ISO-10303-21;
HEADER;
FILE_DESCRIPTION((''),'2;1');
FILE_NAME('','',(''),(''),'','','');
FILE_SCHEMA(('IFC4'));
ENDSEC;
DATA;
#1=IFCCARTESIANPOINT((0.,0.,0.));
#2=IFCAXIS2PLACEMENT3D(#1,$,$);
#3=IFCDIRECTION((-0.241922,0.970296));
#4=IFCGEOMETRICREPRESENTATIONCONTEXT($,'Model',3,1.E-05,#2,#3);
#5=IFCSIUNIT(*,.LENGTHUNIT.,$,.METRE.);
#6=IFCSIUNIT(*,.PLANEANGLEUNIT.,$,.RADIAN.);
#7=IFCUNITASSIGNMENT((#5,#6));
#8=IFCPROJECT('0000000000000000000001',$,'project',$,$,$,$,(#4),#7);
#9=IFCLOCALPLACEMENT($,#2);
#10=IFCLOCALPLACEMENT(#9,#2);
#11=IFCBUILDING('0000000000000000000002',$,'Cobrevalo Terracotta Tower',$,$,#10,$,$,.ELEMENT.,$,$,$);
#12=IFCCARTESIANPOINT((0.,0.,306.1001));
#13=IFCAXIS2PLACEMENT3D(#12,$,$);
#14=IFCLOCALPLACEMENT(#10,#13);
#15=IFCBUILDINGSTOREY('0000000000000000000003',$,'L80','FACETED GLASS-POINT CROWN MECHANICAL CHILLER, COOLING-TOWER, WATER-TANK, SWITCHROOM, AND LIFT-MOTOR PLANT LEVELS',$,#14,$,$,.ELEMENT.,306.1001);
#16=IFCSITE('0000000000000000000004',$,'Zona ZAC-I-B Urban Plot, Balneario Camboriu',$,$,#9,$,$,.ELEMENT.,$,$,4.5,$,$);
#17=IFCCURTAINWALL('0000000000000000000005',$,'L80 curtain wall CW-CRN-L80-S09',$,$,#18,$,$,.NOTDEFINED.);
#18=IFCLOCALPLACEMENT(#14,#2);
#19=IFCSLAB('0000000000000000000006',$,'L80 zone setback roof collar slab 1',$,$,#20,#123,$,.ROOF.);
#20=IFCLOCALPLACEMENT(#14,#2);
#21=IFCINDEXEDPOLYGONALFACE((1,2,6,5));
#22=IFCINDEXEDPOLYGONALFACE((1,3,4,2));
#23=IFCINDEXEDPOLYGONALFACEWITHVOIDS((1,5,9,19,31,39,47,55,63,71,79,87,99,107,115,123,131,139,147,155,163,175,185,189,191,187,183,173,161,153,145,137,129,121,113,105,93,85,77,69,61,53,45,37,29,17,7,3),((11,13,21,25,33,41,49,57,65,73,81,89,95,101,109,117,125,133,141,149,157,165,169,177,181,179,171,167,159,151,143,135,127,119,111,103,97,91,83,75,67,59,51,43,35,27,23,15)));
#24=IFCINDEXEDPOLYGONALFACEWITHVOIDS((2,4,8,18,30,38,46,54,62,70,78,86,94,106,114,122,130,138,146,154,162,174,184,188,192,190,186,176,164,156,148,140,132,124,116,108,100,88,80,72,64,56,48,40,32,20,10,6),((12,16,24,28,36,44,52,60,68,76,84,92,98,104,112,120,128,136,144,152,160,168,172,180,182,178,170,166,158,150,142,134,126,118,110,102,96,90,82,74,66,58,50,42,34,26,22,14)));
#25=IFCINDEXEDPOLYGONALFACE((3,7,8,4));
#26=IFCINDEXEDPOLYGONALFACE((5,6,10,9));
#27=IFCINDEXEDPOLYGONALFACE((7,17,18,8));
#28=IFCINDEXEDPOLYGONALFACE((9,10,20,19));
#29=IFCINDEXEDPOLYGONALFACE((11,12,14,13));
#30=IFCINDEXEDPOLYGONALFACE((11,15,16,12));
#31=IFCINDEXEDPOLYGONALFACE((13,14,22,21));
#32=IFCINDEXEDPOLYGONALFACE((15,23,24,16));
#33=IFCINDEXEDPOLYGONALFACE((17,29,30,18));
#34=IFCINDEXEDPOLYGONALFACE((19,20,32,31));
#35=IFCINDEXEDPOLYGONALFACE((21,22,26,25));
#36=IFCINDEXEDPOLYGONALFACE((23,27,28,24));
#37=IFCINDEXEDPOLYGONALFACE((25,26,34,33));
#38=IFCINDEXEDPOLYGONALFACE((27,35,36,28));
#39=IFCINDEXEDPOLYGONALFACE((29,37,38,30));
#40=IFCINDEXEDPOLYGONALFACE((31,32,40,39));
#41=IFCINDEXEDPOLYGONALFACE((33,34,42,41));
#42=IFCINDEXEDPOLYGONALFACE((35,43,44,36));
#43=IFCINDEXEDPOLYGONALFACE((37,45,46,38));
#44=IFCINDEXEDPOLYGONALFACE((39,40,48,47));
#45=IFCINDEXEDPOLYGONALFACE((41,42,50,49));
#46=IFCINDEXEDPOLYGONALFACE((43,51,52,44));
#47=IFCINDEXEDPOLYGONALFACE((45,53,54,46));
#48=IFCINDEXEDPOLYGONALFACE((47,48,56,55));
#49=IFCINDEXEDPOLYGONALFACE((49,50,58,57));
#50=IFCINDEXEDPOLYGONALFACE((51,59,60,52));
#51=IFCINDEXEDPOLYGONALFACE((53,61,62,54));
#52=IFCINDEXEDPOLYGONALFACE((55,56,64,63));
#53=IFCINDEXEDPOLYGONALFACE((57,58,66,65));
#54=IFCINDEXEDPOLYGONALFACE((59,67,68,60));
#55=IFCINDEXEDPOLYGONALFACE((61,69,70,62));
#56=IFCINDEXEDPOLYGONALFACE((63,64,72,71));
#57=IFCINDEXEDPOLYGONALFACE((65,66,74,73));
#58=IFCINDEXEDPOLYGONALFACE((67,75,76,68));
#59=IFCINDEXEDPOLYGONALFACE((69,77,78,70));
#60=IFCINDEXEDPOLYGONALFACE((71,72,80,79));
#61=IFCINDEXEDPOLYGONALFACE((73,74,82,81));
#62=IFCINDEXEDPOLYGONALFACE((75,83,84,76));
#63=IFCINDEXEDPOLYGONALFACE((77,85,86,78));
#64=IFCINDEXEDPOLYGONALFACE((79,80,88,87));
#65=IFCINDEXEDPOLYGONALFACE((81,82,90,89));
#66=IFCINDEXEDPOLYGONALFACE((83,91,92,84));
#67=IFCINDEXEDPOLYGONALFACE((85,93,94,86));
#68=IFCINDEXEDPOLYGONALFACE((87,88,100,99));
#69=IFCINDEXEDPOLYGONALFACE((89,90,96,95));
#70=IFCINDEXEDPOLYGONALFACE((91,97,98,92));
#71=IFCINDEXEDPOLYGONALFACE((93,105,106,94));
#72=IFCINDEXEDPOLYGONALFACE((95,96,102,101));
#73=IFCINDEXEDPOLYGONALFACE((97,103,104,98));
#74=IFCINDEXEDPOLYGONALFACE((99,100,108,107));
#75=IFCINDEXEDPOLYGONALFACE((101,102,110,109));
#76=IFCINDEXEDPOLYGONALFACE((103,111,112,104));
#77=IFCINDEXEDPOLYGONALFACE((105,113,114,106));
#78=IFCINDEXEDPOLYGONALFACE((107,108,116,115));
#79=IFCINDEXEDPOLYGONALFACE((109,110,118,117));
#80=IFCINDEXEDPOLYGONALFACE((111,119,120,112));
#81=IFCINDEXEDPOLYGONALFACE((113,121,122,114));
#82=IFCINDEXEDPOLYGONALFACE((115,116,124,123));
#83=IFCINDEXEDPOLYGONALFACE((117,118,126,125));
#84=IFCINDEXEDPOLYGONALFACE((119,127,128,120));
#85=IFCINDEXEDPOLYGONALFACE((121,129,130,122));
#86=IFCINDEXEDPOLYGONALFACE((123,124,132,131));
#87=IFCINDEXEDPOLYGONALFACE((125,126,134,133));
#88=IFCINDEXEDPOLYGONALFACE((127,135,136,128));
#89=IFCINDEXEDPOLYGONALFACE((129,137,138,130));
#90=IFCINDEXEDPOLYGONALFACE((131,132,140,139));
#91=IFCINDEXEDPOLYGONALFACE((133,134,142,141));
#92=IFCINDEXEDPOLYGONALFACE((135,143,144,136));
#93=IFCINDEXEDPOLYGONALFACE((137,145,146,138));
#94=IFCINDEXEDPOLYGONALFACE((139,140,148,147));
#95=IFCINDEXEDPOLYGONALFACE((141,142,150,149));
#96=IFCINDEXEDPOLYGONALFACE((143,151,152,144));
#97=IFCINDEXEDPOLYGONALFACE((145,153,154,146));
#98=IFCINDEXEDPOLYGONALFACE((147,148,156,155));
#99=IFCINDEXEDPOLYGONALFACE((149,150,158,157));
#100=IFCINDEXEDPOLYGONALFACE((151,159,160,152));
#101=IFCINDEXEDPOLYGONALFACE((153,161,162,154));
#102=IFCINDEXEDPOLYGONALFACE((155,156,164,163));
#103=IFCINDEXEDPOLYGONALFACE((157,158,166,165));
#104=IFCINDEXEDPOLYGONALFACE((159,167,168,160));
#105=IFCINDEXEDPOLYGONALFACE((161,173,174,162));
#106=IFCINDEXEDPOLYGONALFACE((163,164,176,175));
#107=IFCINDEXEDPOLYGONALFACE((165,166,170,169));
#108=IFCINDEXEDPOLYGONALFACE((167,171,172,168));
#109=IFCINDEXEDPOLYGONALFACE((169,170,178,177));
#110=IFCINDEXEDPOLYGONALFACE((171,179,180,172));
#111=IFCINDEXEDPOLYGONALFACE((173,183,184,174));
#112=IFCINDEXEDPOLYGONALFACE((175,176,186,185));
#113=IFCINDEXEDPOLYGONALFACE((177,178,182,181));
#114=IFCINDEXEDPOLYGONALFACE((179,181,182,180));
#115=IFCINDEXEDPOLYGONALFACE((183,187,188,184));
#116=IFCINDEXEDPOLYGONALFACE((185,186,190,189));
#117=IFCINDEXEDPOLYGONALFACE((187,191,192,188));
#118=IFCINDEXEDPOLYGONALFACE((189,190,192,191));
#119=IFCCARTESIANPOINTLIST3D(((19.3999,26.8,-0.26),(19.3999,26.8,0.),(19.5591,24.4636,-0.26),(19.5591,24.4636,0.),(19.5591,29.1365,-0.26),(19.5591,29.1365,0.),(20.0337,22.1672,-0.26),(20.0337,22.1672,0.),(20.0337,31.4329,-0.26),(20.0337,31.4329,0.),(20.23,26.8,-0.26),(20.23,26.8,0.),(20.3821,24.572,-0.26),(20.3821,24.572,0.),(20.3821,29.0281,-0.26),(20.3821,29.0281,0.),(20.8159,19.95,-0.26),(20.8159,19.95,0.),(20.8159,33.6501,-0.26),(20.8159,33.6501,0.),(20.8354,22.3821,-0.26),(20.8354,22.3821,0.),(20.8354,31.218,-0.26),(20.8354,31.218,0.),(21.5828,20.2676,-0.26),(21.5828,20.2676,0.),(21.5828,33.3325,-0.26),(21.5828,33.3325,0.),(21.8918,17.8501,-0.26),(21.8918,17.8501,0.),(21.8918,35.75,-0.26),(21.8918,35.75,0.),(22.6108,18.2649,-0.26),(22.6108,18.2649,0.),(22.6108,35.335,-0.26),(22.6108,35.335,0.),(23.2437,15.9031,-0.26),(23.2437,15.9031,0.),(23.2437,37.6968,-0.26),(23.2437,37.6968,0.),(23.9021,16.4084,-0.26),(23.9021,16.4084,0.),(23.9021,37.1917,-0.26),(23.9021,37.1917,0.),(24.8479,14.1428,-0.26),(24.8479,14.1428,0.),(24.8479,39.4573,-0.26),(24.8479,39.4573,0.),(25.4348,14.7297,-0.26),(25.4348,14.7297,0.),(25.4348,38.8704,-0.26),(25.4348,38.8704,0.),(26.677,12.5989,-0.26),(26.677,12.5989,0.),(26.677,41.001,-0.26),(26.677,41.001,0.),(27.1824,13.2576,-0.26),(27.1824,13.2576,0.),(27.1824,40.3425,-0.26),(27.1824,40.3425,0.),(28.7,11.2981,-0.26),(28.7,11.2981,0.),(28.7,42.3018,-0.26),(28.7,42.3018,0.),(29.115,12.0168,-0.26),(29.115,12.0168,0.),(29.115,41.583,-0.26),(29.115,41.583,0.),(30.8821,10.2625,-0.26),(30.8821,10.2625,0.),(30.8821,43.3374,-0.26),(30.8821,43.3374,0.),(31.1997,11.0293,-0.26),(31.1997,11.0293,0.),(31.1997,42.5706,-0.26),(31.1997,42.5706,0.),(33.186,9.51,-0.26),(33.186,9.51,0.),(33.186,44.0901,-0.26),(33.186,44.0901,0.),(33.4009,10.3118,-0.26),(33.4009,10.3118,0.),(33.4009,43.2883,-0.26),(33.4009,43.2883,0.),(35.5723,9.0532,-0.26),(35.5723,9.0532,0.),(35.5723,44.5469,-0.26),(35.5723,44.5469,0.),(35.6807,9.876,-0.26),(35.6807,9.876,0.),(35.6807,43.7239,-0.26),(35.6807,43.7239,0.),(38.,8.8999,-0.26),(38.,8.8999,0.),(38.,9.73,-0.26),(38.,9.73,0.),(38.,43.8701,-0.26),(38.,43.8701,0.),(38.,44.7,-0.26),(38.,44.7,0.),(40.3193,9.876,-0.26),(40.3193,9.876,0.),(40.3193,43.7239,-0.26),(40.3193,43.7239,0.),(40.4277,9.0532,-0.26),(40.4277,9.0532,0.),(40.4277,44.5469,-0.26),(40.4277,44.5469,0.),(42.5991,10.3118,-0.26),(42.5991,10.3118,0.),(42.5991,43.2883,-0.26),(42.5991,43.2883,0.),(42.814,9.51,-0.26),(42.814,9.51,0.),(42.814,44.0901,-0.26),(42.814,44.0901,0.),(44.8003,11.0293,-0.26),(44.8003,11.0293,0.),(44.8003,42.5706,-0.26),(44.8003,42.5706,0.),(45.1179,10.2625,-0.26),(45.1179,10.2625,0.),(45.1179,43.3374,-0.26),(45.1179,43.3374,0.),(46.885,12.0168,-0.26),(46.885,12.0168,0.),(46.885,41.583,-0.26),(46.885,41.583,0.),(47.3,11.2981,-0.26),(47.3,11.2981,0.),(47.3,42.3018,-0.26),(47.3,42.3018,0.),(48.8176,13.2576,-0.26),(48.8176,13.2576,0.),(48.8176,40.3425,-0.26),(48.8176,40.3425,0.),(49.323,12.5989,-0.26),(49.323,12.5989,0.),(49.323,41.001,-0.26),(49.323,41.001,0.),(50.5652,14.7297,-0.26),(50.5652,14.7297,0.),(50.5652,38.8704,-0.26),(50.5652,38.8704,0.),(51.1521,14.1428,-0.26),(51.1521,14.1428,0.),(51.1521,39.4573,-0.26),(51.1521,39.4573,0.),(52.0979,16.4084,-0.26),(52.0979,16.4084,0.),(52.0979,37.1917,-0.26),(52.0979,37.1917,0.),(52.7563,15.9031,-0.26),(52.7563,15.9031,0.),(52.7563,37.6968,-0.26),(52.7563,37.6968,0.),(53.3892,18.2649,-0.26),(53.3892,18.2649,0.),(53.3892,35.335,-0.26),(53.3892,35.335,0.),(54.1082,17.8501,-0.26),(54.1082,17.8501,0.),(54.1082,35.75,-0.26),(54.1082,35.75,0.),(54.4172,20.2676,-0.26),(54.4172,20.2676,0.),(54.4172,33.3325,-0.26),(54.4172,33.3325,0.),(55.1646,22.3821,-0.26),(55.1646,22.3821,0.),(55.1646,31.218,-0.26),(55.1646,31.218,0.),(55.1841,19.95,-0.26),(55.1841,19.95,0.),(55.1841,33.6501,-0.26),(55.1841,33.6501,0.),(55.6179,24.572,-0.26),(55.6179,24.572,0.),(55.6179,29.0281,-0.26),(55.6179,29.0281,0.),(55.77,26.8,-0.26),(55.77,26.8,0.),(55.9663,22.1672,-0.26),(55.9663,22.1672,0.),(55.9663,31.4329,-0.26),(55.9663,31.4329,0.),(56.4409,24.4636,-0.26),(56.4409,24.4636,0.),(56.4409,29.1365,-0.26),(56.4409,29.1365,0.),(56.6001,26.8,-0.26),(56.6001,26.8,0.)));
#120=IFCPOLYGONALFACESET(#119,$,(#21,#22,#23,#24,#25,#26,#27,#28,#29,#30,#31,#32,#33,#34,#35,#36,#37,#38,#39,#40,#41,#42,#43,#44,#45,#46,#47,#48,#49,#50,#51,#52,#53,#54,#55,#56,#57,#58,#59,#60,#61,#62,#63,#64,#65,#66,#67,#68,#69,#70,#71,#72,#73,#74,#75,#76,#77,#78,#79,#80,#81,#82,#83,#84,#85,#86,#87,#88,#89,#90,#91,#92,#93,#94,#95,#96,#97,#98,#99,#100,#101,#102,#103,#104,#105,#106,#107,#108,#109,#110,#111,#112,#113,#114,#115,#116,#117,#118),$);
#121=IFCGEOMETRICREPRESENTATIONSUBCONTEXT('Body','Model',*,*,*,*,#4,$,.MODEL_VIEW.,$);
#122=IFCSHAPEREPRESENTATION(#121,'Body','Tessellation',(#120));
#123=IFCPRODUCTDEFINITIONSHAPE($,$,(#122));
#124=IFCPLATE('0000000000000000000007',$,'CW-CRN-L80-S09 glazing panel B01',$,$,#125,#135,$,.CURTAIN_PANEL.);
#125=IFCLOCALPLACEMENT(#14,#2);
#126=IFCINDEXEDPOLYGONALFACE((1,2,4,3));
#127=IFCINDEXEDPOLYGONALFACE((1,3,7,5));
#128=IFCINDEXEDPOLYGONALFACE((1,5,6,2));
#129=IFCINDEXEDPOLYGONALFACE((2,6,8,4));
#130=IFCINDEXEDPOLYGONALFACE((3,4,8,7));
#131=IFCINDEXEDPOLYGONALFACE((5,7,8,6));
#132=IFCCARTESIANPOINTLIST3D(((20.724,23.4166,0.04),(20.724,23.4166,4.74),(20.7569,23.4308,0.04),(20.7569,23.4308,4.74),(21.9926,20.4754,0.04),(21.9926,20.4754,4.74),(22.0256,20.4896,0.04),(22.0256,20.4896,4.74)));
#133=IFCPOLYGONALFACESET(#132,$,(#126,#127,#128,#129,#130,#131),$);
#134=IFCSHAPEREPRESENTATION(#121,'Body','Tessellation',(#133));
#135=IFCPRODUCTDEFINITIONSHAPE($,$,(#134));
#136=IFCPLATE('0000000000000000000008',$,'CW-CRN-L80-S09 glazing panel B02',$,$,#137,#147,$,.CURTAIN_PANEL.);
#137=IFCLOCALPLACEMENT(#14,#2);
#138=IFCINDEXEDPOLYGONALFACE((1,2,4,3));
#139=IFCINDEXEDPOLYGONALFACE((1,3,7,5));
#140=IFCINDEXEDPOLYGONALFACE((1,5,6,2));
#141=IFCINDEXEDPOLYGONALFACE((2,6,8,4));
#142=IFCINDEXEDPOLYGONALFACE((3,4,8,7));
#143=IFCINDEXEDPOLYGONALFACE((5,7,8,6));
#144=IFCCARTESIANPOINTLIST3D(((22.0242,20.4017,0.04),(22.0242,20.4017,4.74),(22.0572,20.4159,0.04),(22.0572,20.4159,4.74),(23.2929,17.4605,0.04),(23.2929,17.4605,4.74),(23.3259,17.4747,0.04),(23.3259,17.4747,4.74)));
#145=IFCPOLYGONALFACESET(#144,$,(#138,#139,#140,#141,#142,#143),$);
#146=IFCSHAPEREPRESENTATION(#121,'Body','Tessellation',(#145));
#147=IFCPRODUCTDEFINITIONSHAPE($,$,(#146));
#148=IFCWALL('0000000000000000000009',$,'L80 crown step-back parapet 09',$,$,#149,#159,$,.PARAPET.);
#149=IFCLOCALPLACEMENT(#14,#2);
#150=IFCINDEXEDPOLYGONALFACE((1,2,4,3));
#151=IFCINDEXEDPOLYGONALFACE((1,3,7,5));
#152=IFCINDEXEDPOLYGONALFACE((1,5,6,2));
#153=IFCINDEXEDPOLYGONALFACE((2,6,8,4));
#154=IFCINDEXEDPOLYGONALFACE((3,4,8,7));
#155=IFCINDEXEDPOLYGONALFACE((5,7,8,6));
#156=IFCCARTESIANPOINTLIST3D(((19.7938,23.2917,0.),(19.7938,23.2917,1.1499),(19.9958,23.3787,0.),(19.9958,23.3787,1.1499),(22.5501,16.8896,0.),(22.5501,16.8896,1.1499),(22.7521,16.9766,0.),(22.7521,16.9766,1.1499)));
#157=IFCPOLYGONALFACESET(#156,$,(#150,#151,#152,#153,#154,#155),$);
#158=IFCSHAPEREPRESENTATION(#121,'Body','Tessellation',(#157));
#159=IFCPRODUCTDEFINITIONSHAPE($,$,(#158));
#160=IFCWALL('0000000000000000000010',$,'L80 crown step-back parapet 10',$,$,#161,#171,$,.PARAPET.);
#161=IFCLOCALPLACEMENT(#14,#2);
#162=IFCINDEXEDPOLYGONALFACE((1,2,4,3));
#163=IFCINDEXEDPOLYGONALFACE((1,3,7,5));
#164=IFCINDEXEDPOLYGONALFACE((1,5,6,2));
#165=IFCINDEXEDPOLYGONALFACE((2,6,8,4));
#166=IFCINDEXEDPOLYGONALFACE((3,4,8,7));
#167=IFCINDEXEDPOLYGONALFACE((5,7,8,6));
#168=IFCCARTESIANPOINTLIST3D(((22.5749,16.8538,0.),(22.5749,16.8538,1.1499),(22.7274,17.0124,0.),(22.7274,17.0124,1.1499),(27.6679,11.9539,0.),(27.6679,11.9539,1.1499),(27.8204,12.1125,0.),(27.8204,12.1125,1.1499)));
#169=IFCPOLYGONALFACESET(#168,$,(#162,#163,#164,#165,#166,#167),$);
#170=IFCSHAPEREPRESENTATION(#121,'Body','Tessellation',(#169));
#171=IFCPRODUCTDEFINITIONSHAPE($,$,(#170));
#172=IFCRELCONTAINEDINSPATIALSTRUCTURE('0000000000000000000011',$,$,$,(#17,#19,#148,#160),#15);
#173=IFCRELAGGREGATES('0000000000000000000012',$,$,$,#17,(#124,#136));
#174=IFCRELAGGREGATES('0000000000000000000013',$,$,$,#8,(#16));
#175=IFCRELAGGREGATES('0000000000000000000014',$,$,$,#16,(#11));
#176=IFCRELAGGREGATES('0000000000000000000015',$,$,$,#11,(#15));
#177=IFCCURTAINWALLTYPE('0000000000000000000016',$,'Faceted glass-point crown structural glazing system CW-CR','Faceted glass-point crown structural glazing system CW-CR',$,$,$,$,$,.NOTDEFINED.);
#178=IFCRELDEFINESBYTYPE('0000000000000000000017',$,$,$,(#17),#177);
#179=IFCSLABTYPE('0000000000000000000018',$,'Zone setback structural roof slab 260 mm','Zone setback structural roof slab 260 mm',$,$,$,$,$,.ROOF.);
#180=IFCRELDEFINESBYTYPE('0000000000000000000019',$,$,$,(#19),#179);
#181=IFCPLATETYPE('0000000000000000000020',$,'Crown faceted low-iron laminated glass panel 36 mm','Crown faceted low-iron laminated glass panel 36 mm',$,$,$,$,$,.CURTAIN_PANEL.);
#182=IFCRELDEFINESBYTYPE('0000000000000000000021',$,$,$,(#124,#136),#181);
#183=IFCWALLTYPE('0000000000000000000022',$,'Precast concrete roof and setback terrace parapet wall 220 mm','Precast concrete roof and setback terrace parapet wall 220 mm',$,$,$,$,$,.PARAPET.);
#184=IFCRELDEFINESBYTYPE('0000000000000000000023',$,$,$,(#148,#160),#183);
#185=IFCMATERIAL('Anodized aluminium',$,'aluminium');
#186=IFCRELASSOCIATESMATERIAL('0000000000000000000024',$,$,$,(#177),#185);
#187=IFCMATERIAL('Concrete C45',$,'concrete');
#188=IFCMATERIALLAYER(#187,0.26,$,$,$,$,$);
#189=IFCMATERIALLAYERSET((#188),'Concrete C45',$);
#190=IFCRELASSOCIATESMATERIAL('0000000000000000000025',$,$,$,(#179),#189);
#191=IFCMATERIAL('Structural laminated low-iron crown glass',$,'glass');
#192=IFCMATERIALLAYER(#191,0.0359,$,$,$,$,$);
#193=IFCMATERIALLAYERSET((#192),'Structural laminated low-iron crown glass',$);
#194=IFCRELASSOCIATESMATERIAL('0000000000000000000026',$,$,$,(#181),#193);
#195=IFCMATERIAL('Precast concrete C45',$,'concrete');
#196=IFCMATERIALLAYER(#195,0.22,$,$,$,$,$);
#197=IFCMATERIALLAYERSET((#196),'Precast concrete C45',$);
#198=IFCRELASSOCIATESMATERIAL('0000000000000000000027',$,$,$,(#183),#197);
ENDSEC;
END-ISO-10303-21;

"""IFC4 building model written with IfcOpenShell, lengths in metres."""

from ifc_helpers import new_model, si_unit, direction, frame, frame_2d, origin, origin_2d, place, context, subcontext, project, spatial, polyline, rectangle, outline, extrude, source, transform, mapped, material, layer, layer_set, type_object, element, aggregate, save


model = new_model("IFC4")

# Units and contexts
model_context = context("Model", 3, precision=1e-05, world=origin(), true_north=direction((-0.241922, 0.970296)))
body_context = subcontext(model_context, "Body", "Model", "MODEL_VIEW")
ifc_project = project(units=[si_unit("LENGTHUNIT", "METRE"), si_unit("PLANEANGLEUNIT", "RADIAN")], contexts=[model_context])

# Site, building, storey
site_placement = place(None, origin())
site = spatial("IfcSite", under=ifc_project, at=site_placement, Name="Zona ZAC-I-B Urban Plot, Balneario Camboriu", CompositionType="ELEMENT", RefElevation=4.5)
building_placement = place(site_placement, origin())
building = spatial("IfcBuilding", under=site, at=building_placement, Name="Cobrevalo Terracotta Tower", CompositionType="ELEMENT")
storey_placement = place(building_placement, frame((0.0, 0.0, 306.1001)))
storey = spatial("IfcBuildingStorey", under=building, at=storey_placement, Name="L80", Description="FACETED GLASS-POINT CROWN MECHANICAL CHILLER, COOLING-TOWER, WATER-TANK, SWITCHROOM, AND LIFT-MOTOR PLANT LEVELS", CompositionType="ELEMENT", Elevation=306.1001)

# Shared definitions
ifc_material_1 = material(Name="Anodized aluminium", Category="aluminium")
curtain_wall_type = type_object("IfcCurtainWallType", Name="Faceted glass-point crown structural glazing system CW-CR", Description="Faceted glass-point crown structural glazing system CW-CR", PredefinedType="NOTDEFINED", material=ifc_material_1)

# Curtain wall
curtain_wall_1_placement = place(storey_placement, origin())
curtain_wall_1 = element("IfcCurtainWall", 1, at=curtain_wall_1_placement, inside=storey, type_object=curtain_wall_type, Name="L80 curtain wall CW-CRN-L80-S09", PredefinedType="NOTDEFINED")

# Slab
ifc_material_2 = material(Name="Concrete C45", Category="concrete")
ifc_layer_1 = layer(ifc_material_2, 0.26)
ifc_layer_set_1 = layer_set([ifc_layer_1], Name="Concrete C45")
slab_type_1 = type_object("IfcSlabType", Name="Zone setback structural roof slab 260 mm", Description="Zone setback structural roof slab 260 mm", PredefinedType="ROOF", material=ifc_layer_set_1)
slab_1_placement = place(storey_placement, frame((0.0, 0.0, -0.26)))
element("IfcSlab", 2, at=slab_1_placement, inside=storey, type_object=slab_type_1, Name="L80 zone setback roof collar slab 1", PredefinedType="ROOF", context=body_context, shape_type="SweptSolid", body=[
    extrude(outline(polyline([(56.4409, 24.4636), (55.9663, 22.1672), (55.1841, 19.95), (54.1082, 17.8501), (52.7563, 15.9031), (51.1521, 14.1428), (49.323, 12.5989), (47.3, 11.2981), (45.1179, 10.2625), (42.814, 9.51), (40.4277, 9.0532), (38.0, 8.8999), (35.5723, 9.0532), (33.186, 9.51), (30.8821, 10.2625), (28.7, 11.2981), (26.677, 12.5989), (24.8479, 14.1428), (23.2437, 15.9031), (21.8918, 17.8501), (20.8159, 19.95), (20.0337, 22.1672), (19.5591, 24.4636), (19.3999, 26.8), (19.5591, 29.1365), (20.0337, 31.4329), (20.8159, 33.6501), (21.8918, 35.75), (23.2437, 37.6968), (24.8479, 39.4573), (26.677, 41.001), (28.7, 42.3018), (30.8821, 43.3374), (33.186, 44.0901), (35.5723, 44.5469), (38.0, 44.7), (40.4277, 44.5469), (42.814, 44.0901), (45.1179, 43.3374), (47.3, 42.3018), (49.323, 41.001), (51.1521, 39.4573), (52.7563, 37.6968), (54.1082, 35.75), (55.1841, 33.6501), (55.9663, 31.4329), (56.4409, 29.1365), (56.6001, 26.8), (56.4409, 24.4636)]), holes=[polyline([(55.6179, 29.0281), (55.1646, 31.218), (54.4172, 33.3325), (53.3892, 35.335), (52.0979, 37.1917), (50.5652, 38.8704), (48.8176, 40.3425), (46.885, 41.583), (44.8003, 42.5706), (42.5991, 43.2883), (40.3193, 43.7239), (38.0, 43.8701), (35.6807, 43.7239), (33.4009, 43.2883), (31.1997, 42.5706), (29.115, 41.583), (27.1824, 40.3425), (25.4348, 38.8704), (23.9021, 37.1917), (22.6108, 35.335), (21.5828, 33.3325), (20.8354, 31.218), (20.3821, 29.0281), (20.23, 26.8), (20.3821, 24.572), (20.8354, 22.3821), (21.5828, 20.2676), (22.6108, 18.2649), (23.9021, 16.4084), (25.4348, 14.7297), (27.1824, 13.2576), (29.115, 12.0168), (31.1997, 11.0293), (33.4009, 10.3118), (35.6807, 9.876), (38.0, 9.73), (40.3193, 9.876), (42.5991, 10.3118), (44.8003, 11.0293), (46.885, 12.0168), (48.8176, 13.2576), (50.5652, 14.7297), (52.0979, 16.4084), (53.3892, 18.2649), (54.4172, 20.2676), (55.1646, 22.3821), (55.6179, 24.572), (55.77, 26.8), (55.6179, 29.0281)])]), origin(), (0.0, 0.0, 1.0), 0.26),
])

# Plates
ifc_material_3 = material(Name="Structural laminated low-iron crown glass", Category="glass")
ifc_layer_2 = layer(ifc_material_3, 0.0359)
ifc_layer_set_2 = layer_set([ifc_layer_2], Name="Structural laminated low-iron crown glass")
plate_type = type_object("IfcPlateType", Name="Crown faceted low-iron laminated glass panel 36 mm", Description="Crown faceted low-iron laminated glass panel 36 mm", PredefinedType="CURTAIN_PANEL", material=ifc_layer_set_2)
shared_shape_1 = source(origin(), body_context, "Body", "SweptSolid", [
    extrude(rectangle(XDim=3.2031, YDim=0.0359, at=origin_2d()), origin(), (0.0, 0.0, 1.0), 4.7),
])
plate_1_placement = place(storey_placement, frame((21.3748, 21.9531, 0.04), z_axis=(0.0, 0.0, 1.0), x_axis=(0.396066, -0.918222, 0.0)))
plate_1 = element("IfcPlate", 3, at=plate_1_placement, type_object=plate_type, Name="CW-CRN-L80-S09 glazing panel B01", PredefinedType="CURTAIN_PANEL", context=body_context, shape_type="MappedRepresentation", body=[
    mapped(shared_shape_1, transform((0.0, 0.0, 0.0), scale=1.0)),
])
plate_2_placement = place(storey_placement, frame((22.675, 18.9382, 0.04), z_axis=(0.0, 0.0, 1.0), x_axis=(0.396066, -0.918222, 0.0)))
plate_2 = element("IfcPlate", 4, at=plate_2_placement, type_object=plate_type, Name="CW-CRN-L80-S09 glazing panel B02", PredefinedType="CURTAIN_PANEL", context=body_context, shape_type="MappedRepresentation", body=[
    mapped(shared_shape_1, transform((0.0, 0.0, 0.0), scale=1.0)),
])
aggregate(curtain_wall_1, [plate_1, plate_2])

# Walls
ifc_material_4 = material(Name="Precast concrete C45", Category="concrete")
ifc_layer_3 = layer(ifc_material_4, 0.22)
ifc_layer_set_3 = layer_set([ifc_layer_3], Name="Precast concrete C45")
wall_type = type_object("IfcWallType", Name="Precast concrete roof and setback terrace parapet wall 220 mm", Description="Precast concrete roof and setback terrace parapet wall 220 mm", PredefinedType="PARAPET", material=ifc_layer_set_3)
wall_1_placement = place(storey_placement, frame((19.8948, 23.3352, 0.0), z_axis=(0.0, 0.0, 1.0), x_axis=(0.395445, -0.91849, 0.0)))
element("IfcWall", 5, at=wall_1_placement, inside=storey, type_object=wall_type, Name="L80 crown step-back parapet 09", PredefinedType="PARAPET", context=body_context, shape_type="SweptSolid", body=[
    extrude(rectangle(XDim=6.9702, YDim=0.22, at=frame_2d((3.4851, 0.0))), origin(), (0.0, 0.0, 1.0), 1.1499),
])
wall_2_placement = place(storey_placement, frame((22.6511, 16.9331, 0.0), z_axis=(0.0, 0.0, 1.0), x_axis=(0.720637, -0.693312, 0.0)))
element("IfcWall", 6, at=wall_2_placement, inside=storey, type_object=wall_type, Name="L80 crown step-back parapet 10", PredefinedType="PARAPET", context=body_context, shape_type="SweptSolid", body=[
    extrude(rectangle(XDim=7.0674, YDim=0.22, at=frame_2d((3.5337, 0.0))), origin(), (0.0, 0.0, 1.0), 1.1499),
])

save(model, "model.ifc")
